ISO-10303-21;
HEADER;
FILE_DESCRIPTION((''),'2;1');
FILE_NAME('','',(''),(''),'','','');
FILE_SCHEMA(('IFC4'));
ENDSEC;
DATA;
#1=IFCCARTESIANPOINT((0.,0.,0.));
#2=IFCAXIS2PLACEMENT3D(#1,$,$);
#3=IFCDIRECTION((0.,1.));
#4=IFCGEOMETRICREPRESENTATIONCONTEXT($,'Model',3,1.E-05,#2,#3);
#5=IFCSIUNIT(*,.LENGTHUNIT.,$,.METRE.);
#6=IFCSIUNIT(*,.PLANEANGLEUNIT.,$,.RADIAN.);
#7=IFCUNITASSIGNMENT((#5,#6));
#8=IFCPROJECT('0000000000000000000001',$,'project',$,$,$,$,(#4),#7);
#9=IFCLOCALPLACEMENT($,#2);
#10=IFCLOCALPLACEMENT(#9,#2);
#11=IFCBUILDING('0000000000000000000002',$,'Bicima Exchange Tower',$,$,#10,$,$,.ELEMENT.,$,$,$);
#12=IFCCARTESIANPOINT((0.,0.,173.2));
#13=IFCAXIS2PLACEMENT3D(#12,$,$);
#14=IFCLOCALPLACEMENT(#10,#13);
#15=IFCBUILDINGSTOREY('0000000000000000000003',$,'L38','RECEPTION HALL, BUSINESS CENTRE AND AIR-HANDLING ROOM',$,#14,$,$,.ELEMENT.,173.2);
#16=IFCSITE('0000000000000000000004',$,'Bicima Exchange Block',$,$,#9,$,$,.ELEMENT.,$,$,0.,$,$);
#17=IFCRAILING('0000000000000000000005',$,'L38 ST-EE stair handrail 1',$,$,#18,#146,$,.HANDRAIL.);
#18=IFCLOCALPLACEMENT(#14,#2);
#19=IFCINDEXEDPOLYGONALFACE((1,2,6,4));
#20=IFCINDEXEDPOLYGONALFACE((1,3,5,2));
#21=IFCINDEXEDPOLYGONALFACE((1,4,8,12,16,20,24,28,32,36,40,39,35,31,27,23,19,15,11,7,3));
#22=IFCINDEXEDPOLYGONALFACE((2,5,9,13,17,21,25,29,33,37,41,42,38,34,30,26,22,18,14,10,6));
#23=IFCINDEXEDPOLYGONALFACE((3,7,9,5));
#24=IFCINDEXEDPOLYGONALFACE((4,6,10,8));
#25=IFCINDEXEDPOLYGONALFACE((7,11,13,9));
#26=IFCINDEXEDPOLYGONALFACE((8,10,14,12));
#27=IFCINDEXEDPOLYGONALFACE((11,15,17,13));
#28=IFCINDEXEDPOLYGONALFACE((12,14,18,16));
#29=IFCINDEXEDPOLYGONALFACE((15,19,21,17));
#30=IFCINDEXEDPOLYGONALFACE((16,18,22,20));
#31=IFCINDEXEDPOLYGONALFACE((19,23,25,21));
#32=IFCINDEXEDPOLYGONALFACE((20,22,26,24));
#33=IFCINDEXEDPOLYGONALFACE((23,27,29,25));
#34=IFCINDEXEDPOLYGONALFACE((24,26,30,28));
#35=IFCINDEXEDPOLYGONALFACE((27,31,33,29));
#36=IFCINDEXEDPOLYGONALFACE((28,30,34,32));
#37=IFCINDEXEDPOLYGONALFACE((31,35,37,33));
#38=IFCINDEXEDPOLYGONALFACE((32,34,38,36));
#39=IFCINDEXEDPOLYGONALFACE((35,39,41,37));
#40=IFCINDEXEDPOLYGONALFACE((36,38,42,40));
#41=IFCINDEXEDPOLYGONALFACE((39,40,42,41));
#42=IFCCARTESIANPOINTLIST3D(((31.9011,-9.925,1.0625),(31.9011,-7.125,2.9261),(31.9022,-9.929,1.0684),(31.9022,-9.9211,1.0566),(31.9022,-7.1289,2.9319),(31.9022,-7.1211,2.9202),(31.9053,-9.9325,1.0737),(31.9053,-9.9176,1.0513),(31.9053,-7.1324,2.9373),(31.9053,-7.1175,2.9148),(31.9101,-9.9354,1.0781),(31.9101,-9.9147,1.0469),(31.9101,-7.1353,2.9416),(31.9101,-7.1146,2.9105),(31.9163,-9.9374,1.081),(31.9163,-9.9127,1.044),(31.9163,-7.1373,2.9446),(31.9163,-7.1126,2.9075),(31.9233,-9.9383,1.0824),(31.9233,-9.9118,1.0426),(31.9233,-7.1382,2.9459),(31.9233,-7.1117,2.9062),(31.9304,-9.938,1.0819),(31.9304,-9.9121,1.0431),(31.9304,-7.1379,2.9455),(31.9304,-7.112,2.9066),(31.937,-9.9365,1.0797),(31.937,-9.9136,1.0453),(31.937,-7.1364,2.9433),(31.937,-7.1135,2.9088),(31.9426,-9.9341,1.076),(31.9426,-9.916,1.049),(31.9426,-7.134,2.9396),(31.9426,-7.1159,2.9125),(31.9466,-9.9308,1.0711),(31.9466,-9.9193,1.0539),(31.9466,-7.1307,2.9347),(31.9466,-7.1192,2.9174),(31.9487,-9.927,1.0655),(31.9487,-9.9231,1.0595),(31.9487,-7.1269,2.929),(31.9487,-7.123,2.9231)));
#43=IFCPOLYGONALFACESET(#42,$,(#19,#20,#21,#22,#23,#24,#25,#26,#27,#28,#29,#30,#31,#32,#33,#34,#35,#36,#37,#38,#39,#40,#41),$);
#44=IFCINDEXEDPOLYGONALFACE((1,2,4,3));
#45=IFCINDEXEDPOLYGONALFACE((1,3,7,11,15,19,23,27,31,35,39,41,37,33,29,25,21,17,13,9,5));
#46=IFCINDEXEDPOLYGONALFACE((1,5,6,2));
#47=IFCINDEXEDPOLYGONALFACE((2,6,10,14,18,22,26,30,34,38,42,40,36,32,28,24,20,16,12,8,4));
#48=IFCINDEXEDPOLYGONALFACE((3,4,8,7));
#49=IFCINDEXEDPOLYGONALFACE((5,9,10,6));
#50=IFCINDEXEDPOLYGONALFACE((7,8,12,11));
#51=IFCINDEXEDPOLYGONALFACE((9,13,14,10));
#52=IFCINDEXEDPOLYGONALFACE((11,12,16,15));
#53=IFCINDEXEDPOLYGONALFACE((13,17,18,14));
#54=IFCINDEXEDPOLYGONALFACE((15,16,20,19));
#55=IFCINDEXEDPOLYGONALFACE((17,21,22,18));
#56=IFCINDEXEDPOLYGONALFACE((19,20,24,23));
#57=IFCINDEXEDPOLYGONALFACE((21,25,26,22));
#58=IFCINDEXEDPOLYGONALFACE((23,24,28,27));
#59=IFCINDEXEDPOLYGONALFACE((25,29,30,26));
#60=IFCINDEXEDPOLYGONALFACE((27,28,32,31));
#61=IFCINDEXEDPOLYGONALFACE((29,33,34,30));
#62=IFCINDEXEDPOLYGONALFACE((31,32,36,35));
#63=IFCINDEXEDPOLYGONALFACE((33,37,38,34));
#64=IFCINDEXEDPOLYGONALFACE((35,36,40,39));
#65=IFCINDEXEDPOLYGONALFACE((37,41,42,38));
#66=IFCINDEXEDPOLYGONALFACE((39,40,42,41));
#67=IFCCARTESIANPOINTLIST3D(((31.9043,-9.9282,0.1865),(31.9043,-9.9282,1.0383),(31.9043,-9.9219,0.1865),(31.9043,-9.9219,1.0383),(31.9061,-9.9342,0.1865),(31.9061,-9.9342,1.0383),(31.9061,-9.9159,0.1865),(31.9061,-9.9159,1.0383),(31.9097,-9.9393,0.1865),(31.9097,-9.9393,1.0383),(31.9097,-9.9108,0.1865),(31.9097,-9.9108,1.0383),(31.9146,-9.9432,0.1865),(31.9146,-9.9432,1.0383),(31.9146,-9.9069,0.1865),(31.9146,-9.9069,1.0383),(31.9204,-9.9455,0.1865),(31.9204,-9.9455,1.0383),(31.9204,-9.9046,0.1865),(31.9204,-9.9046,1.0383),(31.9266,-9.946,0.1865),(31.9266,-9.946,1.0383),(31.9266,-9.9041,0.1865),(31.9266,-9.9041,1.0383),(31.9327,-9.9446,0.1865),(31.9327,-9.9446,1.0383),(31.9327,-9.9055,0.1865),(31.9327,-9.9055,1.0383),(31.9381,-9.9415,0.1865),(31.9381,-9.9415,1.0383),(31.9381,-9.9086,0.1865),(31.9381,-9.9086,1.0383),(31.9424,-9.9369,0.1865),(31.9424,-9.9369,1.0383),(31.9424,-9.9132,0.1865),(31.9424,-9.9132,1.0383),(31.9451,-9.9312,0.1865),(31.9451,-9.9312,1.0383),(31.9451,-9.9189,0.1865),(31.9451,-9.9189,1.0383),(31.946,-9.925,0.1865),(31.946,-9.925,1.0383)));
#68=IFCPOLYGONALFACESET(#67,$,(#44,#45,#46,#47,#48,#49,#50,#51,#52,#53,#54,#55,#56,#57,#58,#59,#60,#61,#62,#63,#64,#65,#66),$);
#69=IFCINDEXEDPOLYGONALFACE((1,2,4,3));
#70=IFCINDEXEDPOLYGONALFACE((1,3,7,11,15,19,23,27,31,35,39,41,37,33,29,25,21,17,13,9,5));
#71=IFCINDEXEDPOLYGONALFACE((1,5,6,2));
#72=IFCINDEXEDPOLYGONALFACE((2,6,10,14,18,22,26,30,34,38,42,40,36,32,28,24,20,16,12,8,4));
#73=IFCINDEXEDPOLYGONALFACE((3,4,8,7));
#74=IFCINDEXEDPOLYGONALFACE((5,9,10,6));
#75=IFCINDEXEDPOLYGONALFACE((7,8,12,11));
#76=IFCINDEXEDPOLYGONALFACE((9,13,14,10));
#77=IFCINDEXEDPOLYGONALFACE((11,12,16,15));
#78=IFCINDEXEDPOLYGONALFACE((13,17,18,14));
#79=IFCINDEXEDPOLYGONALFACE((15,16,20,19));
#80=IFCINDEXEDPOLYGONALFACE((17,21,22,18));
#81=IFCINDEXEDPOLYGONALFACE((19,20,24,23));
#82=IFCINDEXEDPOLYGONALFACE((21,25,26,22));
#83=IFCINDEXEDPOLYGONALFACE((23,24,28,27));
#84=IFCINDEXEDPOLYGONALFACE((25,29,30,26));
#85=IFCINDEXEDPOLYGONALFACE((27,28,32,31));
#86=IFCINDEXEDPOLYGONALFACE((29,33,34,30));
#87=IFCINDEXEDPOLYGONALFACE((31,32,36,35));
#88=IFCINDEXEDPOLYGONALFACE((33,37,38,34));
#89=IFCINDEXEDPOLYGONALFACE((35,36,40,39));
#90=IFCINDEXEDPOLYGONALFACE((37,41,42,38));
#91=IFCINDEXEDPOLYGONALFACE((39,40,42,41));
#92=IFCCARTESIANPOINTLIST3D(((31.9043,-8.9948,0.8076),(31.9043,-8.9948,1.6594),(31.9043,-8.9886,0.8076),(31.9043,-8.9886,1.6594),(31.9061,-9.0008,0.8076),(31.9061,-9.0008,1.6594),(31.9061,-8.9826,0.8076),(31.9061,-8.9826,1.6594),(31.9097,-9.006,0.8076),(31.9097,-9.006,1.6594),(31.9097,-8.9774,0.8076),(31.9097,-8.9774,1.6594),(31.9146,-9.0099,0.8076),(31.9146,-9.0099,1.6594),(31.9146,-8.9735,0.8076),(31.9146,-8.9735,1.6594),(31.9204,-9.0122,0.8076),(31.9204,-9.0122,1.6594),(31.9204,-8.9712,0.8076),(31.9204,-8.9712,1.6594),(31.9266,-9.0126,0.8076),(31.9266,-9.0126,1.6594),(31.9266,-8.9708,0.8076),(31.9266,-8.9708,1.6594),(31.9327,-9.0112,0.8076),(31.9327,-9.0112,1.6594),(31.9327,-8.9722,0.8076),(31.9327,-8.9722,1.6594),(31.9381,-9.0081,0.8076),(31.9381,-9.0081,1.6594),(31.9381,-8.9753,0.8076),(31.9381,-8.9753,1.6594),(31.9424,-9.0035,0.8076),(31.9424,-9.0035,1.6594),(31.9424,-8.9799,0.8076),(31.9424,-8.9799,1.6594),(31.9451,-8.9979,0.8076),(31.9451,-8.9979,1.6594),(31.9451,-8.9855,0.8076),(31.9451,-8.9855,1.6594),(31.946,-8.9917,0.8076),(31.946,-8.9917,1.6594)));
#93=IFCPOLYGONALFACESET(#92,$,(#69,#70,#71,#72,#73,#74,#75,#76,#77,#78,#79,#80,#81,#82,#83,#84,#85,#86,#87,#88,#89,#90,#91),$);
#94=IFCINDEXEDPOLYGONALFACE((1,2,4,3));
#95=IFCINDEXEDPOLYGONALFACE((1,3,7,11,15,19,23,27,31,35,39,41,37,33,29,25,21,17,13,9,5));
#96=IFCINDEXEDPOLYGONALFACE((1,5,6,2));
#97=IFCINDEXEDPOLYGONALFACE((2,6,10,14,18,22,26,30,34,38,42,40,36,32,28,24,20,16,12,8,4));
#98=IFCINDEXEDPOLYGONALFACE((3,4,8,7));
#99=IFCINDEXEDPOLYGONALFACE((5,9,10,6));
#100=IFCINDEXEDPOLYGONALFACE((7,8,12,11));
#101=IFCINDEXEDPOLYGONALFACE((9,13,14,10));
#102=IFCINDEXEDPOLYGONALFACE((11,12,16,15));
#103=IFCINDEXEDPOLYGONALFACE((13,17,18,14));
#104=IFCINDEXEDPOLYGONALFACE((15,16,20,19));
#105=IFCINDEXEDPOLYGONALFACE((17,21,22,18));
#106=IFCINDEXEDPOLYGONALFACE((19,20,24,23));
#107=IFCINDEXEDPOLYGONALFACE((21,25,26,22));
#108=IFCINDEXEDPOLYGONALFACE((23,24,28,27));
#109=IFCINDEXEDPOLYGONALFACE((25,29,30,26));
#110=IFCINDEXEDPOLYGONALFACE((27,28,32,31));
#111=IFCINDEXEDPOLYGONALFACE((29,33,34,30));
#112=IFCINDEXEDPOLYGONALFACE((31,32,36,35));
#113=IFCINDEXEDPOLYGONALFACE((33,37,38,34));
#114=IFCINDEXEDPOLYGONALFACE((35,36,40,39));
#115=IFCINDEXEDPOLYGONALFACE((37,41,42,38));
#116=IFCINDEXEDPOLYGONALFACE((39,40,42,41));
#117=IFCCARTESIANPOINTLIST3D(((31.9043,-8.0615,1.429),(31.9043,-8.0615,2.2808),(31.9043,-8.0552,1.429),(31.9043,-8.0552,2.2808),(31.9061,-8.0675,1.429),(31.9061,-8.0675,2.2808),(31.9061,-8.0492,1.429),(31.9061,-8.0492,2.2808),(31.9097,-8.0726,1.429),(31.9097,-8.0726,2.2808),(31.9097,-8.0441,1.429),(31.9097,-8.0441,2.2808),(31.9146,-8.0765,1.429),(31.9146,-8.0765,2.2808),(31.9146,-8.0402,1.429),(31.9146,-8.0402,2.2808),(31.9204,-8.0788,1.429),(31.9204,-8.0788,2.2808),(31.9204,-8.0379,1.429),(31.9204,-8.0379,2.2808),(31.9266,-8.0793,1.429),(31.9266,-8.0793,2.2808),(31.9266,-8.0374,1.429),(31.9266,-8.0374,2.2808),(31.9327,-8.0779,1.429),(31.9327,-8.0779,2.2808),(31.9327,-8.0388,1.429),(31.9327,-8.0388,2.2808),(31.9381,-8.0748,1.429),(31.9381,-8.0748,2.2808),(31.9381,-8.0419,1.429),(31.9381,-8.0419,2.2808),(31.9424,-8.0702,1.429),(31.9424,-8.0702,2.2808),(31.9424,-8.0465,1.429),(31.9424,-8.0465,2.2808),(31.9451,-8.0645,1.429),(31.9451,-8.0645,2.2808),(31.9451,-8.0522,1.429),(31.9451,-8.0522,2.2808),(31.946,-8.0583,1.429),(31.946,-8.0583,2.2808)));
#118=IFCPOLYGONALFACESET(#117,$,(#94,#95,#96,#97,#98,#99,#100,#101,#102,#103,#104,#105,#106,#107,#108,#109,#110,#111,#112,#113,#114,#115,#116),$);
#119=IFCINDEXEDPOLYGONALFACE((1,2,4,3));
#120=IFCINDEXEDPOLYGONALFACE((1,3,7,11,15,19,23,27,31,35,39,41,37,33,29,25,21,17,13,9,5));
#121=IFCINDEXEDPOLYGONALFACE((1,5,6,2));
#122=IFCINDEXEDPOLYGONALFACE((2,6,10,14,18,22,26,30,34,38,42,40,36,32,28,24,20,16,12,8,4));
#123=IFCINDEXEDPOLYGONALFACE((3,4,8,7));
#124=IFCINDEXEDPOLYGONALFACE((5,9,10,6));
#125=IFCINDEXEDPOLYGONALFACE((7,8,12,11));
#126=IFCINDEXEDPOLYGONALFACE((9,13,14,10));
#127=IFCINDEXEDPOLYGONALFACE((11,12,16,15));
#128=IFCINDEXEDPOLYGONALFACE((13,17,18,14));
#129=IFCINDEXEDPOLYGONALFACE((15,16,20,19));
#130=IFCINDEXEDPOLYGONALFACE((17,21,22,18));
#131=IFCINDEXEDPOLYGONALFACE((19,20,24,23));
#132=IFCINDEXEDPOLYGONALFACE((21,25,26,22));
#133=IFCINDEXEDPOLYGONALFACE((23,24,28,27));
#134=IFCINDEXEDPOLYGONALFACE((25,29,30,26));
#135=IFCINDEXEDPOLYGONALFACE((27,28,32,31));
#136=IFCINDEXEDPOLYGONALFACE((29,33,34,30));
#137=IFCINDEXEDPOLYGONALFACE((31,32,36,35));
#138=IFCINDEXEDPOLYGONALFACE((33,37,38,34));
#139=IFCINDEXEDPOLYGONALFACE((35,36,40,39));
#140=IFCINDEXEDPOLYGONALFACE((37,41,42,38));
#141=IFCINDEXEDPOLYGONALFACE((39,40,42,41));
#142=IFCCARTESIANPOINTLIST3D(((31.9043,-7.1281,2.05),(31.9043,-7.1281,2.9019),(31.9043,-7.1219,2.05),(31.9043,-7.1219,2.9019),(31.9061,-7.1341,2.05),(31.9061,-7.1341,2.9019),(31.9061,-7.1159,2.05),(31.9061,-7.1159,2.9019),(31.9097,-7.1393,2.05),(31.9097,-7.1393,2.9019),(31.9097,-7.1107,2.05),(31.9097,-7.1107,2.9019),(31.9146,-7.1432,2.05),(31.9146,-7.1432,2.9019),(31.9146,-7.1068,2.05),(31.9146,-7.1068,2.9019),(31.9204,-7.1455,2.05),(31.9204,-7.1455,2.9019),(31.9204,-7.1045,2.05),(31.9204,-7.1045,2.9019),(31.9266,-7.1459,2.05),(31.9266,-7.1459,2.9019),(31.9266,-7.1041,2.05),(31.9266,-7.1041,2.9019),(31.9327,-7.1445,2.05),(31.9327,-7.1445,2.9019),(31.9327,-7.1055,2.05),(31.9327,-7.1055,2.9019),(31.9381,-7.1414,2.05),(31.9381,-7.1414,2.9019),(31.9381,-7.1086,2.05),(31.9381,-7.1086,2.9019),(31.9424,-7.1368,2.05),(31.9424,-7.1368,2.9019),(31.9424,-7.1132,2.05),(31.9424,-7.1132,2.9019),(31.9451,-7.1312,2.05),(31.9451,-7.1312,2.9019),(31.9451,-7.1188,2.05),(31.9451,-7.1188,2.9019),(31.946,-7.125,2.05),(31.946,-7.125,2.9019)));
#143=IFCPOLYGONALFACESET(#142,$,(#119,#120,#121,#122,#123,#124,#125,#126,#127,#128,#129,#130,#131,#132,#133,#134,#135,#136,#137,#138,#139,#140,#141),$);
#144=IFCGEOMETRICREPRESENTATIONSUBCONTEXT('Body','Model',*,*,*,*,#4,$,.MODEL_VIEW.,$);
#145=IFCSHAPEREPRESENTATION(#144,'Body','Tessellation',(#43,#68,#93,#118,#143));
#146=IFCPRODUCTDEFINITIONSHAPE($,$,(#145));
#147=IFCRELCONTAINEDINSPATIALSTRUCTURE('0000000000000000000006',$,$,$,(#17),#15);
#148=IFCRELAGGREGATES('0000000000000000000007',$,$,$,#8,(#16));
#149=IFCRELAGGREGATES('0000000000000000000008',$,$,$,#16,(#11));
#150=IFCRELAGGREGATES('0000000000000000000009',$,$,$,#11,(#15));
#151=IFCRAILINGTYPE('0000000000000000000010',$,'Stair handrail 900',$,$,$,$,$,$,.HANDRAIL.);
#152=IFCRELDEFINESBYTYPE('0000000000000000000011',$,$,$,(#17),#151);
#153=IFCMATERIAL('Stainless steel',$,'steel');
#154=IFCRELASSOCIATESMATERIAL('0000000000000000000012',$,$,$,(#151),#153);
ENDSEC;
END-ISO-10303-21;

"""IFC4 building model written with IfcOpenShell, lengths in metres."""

from ifc_helpers import new_model, si_unit, direction, frame, origin, origin_2d, place, context, subcontext, project, spatial, circle, extrude, material, type_object, element, save


model = new_model("IFC4")

# Units and contexts
model_context = context("Model", 3, precision=1e-05, world=origin(), true_north=direction((0.0, 1.0)))
body_context = subcontext(model_context, "Body", "Model", "MODEL_VIEW")
ifc_project = project(units=[si_unit("LENGTHUNIT", "METRE"), si_unit("PLANEANGLEUNIT", "RADIAN")], contexts=[model_context])

# Site, building, storey
site_placement = place(None, origin())
site = spatial("IfcSite", under=ifc_project, at=site_placement, Name="Bicima Exchange Block", CompositionType="ELEMENT", RefElevation=0.0)
building_placement = place(site_placement, origin())
building = spatial("IfcBuilding", under=site, at=building_placement, Name="Bicima Exchange Tower", CompositionType="ELEMENT")
storey_placement = place(building_placement, frame((0.0, 0.0, 173.2)))
storey = spatial("IfcBuildingStorey", under=building, at=storey_placement, Name="L38", Description="RECEPTION HALL, BUSINESS CENTRE AND AIR-HANDLING ROOM", CompositionType="ELEMENT", Elevation=173.2)

# Railing
ifc_material_1 = material(Name="Stainless steel", Category="steel")
railing_type = type_object("IfcRailingType", Name="Stair handrail 900", PredefinedType="HANDRAIL", material=ifc_material_1)
railing_placement = place(storey_placement, frame((31.925, -9.925, 0.1865)))
element("IfcRailing", 1, at=railing_placement, inside=storey, type_object=railing_type, Name="L38 ST-EE stair handrail 1", PredefinedType="HANDRAIL", context=body_context, shape_type="SweptSolid", body=[
    extrude(circle(Radius=0.0239, at=origin_2d()), frame((0.0, 0.0, 0.876), z_axis=(0.0, 0.832486, 0.554047), x_axis=(-1.0, 0.0, 0.0)), (0.0, 0.0, 1.0), 3.3635),
    extrude(circle(Radius=0.021, at=origin_2d()), origin(), (0.0, 0.0, 1.0), 0.8518),
    extrude(circle(Radius=0.021, at=origin_2d()), frame((0.0, 0.9333, 0.6211)), (0.0, 0.0, 1.0), 0.8518),
    extrude(circle(Radius=0.021, at=origin_2d()), frame((0.0, 1.8667, 1.2424)), (0.0, 0.0, 1.0), 0.8518),
    extrude(circle(Radius=0.021, at=origin_2d()), frame((0.0, 2.8, 1.8635)), (0.0, 0.0, 1.0), 0.8518),
])

save(model, "model.ifc")
